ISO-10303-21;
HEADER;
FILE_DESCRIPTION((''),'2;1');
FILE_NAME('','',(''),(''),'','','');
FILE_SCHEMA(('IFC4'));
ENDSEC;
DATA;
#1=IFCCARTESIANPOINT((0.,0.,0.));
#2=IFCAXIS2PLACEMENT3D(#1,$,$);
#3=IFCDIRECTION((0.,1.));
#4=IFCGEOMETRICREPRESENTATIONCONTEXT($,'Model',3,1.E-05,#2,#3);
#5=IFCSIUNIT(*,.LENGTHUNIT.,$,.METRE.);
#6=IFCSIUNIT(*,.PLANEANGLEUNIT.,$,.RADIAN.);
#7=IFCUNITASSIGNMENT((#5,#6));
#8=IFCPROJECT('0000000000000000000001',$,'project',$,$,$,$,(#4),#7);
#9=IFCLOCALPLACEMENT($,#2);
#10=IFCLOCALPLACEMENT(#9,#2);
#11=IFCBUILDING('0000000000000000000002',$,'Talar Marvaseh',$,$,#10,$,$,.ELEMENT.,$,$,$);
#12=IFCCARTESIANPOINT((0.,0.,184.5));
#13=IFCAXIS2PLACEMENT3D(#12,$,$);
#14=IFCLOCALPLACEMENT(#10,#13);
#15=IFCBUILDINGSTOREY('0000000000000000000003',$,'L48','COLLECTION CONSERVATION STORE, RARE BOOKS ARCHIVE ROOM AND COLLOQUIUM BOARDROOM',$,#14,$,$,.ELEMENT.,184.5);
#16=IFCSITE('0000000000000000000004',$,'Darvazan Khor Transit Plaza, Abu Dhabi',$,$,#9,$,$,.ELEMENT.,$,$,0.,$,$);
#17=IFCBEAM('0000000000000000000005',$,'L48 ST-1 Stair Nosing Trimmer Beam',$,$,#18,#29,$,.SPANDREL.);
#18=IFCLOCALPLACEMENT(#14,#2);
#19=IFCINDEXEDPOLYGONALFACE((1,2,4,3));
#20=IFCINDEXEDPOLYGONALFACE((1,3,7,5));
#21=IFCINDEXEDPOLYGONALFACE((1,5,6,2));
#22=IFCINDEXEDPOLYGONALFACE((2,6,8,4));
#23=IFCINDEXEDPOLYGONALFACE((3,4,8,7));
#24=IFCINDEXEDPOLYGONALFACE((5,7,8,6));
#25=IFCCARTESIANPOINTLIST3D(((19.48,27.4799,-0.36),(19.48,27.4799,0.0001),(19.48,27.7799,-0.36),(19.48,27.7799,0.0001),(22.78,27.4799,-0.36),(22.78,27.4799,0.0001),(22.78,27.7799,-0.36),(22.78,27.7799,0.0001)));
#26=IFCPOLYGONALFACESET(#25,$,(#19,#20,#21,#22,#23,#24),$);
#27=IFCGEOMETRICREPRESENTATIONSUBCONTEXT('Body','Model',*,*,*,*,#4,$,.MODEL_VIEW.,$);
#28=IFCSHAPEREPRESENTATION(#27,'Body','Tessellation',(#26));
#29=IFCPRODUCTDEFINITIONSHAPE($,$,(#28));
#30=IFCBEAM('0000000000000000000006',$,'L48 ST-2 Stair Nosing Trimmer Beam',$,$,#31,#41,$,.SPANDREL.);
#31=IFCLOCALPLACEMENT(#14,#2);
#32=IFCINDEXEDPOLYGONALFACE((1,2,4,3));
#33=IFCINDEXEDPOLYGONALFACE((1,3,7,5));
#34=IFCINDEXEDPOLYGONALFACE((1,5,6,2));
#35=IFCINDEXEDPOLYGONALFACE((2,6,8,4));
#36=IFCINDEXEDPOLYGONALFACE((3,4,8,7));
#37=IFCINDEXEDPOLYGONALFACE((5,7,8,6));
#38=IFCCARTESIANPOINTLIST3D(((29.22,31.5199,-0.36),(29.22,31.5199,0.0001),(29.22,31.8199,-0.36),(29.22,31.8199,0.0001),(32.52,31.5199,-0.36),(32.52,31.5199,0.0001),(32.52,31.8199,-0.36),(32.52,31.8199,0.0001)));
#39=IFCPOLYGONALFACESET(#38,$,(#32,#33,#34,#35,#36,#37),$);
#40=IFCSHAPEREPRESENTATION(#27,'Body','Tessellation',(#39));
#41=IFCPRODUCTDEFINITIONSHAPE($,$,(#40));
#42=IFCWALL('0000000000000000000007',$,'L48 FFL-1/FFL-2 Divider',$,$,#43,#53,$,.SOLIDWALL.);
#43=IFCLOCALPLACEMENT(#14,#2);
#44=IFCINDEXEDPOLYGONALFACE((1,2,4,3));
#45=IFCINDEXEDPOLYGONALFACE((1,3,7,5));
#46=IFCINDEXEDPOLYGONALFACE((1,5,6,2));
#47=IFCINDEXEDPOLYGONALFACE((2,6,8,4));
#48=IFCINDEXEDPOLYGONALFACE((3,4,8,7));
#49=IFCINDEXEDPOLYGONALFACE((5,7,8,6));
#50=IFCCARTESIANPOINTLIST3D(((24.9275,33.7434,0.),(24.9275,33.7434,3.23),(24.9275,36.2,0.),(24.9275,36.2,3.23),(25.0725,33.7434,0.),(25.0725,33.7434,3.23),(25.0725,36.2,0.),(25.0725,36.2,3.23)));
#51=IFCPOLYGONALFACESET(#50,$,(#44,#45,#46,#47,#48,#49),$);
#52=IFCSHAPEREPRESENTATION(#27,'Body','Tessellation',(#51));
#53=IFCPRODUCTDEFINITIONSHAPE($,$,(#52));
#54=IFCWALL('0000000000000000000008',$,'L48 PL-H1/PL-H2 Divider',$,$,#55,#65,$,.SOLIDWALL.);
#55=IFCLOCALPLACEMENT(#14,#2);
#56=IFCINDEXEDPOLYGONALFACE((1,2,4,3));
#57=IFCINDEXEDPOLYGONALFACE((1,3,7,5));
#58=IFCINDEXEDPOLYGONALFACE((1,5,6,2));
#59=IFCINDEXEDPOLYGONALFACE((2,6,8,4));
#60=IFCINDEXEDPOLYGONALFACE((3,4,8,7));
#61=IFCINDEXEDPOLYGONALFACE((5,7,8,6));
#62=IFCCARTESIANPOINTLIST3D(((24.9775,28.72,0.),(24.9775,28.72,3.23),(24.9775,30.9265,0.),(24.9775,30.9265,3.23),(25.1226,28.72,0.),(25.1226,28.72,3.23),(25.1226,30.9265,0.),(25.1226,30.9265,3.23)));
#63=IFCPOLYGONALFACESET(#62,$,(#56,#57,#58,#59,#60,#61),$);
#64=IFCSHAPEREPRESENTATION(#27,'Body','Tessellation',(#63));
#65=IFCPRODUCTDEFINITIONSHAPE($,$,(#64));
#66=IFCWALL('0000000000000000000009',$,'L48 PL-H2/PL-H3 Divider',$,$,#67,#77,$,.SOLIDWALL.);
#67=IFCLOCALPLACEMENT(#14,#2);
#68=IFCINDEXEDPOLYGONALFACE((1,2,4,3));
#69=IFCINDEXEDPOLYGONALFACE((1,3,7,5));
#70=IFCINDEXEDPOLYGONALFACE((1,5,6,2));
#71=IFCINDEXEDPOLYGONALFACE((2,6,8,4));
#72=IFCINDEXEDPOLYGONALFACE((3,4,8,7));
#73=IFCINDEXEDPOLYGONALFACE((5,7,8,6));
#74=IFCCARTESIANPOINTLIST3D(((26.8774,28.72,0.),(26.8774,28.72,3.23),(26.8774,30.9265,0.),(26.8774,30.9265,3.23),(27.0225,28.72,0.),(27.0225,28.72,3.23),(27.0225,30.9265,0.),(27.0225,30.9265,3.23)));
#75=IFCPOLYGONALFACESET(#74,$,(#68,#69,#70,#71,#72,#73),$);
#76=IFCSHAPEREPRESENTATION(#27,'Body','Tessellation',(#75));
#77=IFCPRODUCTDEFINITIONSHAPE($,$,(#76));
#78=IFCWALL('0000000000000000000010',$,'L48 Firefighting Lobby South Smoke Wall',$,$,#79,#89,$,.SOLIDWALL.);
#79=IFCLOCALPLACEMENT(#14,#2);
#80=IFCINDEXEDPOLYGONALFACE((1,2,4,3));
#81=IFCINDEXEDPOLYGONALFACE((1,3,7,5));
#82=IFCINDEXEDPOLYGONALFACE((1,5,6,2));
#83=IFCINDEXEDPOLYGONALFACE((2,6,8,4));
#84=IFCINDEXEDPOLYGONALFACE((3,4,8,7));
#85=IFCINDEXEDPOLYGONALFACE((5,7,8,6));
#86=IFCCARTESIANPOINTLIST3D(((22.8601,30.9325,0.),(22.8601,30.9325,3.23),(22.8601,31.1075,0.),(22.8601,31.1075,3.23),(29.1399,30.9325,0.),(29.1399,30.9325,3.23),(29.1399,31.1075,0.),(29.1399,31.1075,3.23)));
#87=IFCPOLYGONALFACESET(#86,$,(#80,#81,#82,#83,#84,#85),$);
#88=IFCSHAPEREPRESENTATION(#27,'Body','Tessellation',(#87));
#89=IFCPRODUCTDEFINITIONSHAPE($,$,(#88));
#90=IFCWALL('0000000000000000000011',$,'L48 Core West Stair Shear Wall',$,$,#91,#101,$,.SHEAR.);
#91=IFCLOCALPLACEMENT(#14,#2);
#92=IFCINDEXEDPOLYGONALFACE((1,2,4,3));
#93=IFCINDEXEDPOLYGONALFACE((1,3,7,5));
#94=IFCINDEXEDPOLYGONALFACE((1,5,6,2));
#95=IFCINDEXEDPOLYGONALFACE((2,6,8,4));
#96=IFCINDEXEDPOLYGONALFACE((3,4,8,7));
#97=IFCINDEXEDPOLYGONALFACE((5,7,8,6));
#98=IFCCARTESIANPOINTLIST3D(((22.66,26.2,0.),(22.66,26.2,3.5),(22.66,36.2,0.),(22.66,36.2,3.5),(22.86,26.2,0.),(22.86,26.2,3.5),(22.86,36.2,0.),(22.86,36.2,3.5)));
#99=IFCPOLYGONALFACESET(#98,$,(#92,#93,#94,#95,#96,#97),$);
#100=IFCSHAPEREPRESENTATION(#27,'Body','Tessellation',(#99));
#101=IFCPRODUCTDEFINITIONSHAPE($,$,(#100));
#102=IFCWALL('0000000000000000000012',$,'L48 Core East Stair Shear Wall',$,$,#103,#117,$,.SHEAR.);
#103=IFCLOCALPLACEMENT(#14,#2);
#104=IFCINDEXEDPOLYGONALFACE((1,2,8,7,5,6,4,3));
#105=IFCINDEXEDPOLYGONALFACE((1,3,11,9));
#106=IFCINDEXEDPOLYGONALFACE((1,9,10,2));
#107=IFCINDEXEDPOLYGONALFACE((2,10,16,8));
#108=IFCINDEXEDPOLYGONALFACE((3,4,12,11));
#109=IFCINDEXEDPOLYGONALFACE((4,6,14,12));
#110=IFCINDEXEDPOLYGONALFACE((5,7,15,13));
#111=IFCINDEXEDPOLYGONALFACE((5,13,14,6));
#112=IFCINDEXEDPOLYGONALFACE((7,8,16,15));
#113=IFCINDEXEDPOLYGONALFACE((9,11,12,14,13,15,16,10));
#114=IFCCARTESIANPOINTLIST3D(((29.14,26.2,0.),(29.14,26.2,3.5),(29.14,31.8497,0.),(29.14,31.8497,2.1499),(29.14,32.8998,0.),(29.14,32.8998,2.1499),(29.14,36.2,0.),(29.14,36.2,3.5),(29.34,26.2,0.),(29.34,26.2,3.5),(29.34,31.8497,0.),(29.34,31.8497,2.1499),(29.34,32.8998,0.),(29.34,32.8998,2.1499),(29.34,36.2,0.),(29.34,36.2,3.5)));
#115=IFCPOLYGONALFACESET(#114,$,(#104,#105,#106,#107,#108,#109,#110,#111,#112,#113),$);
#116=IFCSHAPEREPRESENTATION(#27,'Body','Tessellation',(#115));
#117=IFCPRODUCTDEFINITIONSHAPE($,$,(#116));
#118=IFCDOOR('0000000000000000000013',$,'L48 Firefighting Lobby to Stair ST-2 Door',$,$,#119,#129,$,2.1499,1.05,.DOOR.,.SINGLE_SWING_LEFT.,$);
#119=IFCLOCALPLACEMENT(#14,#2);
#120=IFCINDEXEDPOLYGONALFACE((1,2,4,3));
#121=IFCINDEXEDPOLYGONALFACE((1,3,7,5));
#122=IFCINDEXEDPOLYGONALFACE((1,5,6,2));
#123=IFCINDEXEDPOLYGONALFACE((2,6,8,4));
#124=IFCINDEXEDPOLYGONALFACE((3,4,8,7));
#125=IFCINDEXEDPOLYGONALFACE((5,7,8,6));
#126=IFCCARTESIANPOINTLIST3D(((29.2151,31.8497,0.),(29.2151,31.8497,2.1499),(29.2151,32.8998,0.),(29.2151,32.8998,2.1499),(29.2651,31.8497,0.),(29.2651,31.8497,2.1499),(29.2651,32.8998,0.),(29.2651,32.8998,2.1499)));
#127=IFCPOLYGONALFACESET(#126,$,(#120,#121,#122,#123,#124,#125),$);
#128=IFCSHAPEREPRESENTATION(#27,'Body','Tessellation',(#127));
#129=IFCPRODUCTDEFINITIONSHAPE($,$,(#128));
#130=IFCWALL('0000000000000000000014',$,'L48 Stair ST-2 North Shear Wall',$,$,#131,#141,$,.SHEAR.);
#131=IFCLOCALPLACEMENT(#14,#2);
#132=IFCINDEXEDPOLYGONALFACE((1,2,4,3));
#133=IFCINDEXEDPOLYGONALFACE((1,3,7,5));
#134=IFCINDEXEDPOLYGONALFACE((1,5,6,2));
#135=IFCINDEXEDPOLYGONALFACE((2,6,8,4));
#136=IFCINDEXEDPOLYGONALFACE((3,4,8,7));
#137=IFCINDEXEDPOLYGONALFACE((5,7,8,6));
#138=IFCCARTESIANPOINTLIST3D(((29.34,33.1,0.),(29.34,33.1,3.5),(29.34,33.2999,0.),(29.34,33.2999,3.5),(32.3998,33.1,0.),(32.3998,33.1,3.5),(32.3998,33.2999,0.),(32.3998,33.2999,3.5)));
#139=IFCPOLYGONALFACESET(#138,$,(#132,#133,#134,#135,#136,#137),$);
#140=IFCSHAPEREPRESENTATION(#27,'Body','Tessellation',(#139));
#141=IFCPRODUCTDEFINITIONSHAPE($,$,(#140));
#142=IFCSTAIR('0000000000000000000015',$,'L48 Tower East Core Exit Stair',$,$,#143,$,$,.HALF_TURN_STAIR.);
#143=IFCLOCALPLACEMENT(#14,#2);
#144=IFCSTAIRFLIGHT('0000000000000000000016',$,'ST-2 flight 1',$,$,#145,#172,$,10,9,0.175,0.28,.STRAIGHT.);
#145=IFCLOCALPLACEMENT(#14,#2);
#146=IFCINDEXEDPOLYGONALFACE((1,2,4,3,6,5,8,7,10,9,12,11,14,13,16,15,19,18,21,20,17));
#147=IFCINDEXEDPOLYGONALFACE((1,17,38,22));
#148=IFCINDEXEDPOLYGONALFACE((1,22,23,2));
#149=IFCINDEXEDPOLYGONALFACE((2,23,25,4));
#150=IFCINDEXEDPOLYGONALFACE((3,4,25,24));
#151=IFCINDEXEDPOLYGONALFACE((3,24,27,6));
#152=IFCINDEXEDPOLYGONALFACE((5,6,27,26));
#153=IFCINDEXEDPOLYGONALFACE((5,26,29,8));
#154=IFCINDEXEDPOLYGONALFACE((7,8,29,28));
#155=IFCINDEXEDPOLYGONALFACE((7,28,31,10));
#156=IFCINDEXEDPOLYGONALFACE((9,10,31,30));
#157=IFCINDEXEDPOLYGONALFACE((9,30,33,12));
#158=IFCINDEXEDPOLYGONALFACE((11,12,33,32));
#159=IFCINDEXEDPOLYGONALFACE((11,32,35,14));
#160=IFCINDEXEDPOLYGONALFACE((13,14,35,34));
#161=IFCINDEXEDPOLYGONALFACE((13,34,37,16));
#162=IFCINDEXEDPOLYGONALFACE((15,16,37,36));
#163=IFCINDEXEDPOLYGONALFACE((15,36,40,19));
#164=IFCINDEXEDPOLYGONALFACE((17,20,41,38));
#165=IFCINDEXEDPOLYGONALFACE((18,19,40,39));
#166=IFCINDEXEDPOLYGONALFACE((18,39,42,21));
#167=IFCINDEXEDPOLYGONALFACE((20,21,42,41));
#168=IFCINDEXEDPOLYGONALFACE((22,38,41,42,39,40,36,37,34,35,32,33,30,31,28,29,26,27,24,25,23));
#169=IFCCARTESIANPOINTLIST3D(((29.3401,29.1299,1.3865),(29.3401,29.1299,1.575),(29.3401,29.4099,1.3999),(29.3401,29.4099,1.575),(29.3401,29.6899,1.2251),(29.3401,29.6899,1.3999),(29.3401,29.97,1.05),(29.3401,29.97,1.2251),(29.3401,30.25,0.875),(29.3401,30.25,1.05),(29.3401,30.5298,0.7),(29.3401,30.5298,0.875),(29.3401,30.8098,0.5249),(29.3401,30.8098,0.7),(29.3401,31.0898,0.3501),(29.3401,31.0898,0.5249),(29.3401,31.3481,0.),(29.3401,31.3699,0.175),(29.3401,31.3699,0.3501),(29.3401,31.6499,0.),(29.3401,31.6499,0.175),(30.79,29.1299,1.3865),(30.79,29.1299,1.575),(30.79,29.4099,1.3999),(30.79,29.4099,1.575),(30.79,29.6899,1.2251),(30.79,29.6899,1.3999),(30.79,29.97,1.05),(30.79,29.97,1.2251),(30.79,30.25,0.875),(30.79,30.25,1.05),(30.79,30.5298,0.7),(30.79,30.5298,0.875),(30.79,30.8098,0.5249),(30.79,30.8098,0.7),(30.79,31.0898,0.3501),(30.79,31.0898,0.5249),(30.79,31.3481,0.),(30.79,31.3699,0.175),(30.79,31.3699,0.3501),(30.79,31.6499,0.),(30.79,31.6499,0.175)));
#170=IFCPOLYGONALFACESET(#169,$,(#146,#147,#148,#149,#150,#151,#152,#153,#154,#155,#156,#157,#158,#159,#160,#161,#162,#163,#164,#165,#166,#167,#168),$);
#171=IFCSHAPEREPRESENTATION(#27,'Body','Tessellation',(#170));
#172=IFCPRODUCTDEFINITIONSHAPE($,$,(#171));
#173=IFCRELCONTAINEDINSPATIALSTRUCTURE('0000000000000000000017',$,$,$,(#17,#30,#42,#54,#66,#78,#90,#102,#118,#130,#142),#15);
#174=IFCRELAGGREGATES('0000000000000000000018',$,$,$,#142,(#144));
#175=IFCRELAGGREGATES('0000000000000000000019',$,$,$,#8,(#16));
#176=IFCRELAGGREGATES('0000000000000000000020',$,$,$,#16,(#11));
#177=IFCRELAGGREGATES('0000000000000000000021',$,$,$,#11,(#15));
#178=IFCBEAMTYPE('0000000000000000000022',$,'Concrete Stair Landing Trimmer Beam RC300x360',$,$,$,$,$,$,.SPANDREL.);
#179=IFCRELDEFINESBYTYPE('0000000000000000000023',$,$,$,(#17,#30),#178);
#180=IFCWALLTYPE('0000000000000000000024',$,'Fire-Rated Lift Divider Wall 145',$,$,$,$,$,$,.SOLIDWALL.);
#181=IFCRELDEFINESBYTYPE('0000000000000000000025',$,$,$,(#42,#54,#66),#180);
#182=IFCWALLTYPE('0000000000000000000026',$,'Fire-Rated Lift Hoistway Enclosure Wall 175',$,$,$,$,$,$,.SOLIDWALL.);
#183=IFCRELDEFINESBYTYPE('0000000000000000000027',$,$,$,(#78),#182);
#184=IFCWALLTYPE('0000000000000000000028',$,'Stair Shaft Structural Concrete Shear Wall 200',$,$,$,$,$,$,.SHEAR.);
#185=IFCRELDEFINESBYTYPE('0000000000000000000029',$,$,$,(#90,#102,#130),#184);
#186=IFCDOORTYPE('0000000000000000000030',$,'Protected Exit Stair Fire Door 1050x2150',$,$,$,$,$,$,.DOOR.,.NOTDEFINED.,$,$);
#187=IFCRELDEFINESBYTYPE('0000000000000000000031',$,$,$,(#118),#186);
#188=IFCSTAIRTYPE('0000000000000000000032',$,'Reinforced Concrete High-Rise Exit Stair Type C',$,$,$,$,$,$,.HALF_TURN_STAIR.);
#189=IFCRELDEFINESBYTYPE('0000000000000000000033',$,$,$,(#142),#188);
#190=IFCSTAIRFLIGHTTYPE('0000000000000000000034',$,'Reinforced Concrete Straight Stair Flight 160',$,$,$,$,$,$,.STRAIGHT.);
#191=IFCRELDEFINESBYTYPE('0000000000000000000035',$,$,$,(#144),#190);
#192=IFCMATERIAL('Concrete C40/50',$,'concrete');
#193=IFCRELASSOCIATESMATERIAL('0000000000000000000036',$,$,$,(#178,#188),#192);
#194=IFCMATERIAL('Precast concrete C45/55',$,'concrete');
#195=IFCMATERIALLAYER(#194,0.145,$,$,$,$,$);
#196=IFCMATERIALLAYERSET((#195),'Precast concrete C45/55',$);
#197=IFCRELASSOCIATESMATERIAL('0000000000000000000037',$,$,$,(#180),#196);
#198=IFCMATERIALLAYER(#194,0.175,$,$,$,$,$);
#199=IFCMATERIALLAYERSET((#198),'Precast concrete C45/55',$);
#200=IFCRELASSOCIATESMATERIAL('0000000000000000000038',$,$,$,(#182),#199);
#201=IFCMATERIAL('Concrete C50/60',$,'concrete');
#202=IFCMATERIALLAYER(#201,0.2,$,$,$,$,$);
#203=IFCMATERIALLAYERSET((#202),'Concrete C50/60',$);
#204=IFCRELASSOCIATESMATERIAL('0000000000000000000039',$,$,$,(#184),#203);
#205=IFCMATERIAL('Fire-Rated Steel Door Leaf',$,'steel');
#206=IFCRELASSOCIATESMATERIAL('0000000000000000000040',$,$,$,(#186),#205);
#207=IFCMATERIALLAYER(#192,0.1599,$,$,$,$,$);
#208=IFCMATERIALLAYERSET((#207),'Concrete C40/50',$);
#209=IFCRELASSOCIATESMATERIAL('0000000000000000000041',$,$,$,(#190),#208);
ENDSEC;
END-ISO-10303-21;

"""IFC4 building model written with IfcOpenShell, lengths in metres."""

from ifc_helpers import new_model, si_unit, direction, frame, frame_2d, origin, origin_2d, place, context, subcontext, project, spatial, polyline, rectangle, outline, extrude, source, transform, mapped, material, layer, layer_set, material_profile, profile_set, type_object, type_shapes, element, fill, aggregate, save


model = new_model("IFC4")

# Units and contexts
model_context = context("Model", 3, precision=1e-05, world=origin(), true_north=direction((0.0, 1.0)))
body_context = subcontext(model_context, "Body", "Model", "MODEL_VIEW")
ifc_project = project(units=[si_unit("LENGTHUNIT", "METRE"), si_unit("PLANEANGLEUNIT", "RADIAN")], contexts=[model_context])

# Site, building, storey
site_placement = place(None, origin())
site = spatial("IfcSite", under=ifc_project, at=site_placement, Name="Darvazan Khor Transit Plaza, Abu Dhabi", CompositionType="ELEMENT", RefElevation=0.0)
building_placement = place(site_placement, origin())
building = spatial("IfcBuilding", under=site, at=building_placement, Name="Talar Marvaseh", CompositionType="ELEMENT")
storey_placement = place(building_placement, frame((0.0, 0.0, 184.5)))
storey = spatial("IfcBuildingStorey", under=building, at=storey_placement, Name="L48", Description="COLLECTION CONSERVATION STORE, RARE BOOKS ARCHIVE ROOM AND COLLOQUIUM BOARDROOM", CompositionType="ELEMENT", Elevation=184.5)

# Beams
ifc_material_1 = material(Name="Concrete C40/50", Category="concrete")
ifc_material_profile = material_profile(ifc_material_1, rectangle(XDim=0.3, YDim=0.3601, at=origin_2d()), Name="RC300x360")
ifc_profile_set = profile_set([ifc_material_profile], Name="Concrete C40/50")
beam_type = type_object("IfcBeamType", Name="Concrete Stair Landing Trimmer Beam RC300x360", PredefinedType="SPANDREL", material=ifc_profile_set)
for number, where, z_axis, x_axis, name in (
    (1, (22.78, 27.6299, -0.1799), (-1.0, 0.0, 0.0), (0.0, -1.0, 0.0), "L48 ST-1 Stair Nosing Trimmer Beam"),
    (2, (29.22, 31.6699, -0.1799), (1.0, 0.0, 0.0), (0.0, 1.0, 0.0), "L48 ST-2 Stair Nosing Trimmer Beam"),
):
    element("IfcBeam", number, at=place(storey_placement, frame(where, z_axis=z_axis, x_axis=x_axis)), inside=storey, type_object=beam_type, Name=name, PredefinedType="SPANDREL", context=body_context, shape_type="SweptSolid", body=[
        extrude(rectangle(XDim=0.3, YDim=0.3601, at=origin_2d()), origin(), (0.0, 0.0, 1.0), 3.3),
    ])

# Walls
ifc_material_2 = material(Name="Precast concrete C45/55", Category="concrete")
ifc_layer_1 = layer(ifc_material_2, 0.145)
ifc_layer_set_1 = layer_set([ifc_layer_1], Name="Precast concrete C45/55")
wall_type_1 = type_object("IfcWallType", Name="Fire-Rated Lift Divider Wall 145", PredefinedType="SOLIDWALL", material=ifc_layer_set_1)
wall_1_placement = place(storey_placement, frame((25.0, 33.7434, 0.0), z_axis=(0.0, 0.0, 1.0), x_axis=(0.0, 1.0, 0.0)))
element("IfcWall", 3, at=wall_1_placement, inside=storey, type_object=wall_type_1, Name="L48 FFL-1/FFL-2 Divider", PredefinedType="SOLIDWALL", context=body_context, shape_type="SweptSolid", body=[
    extrude(rectangle(XDim=2.4565, YDim=0.145, at=frame_2d((1.2283, 0.0))), origin(), (0.0, 0.0, 1.0), 3.23),
])
for number, where, z_axis, x_axis, name in (
    (4, (25.05, 28.72, 0.0), (0.0, 0.0, 1.0), (0.0, 1.0, 0.0), "L48 PL-H1/PL-H2 Divider"),
    (5, (26.95, 28.72, 0.0), (0.0, 0.0, 1.0), (0.0, 1.0, 0.0), "L48 PL-H2/PL-H3 Divider"),
):
    element("IfcWall", number, at=place(storey_placement, frame(where, z_axis=z_axis, x_axis=x_axis)), inside=storey, type_object=wall_type_1, Name=name, PredefinedType="SOLIDWALL", context=body_context, shape_type="SweptSolid", body=[
        extrude(rectangle(XDim=2.2065, YDim=0.145, at=frame_2d((1.1033, 0.0))), origin(), (0.0, 0.0, 1.0), 3.23),
    ])

# Shared definitions
ifc_layer_2 = layer(ifc_material_2, 0.175)
ifc_layer_set_2 = layer_set([ifc_layer_2], Name="Precast concrete C45/55")
wall_type_2 = type_object("IfcWallType", Name="Fire-Rated Lift Hoistway Enclosure Wall 175", PredefinedType="SOLIDWALL", material=ifc_layer_set_2)

# Wall
wall_2_placement = place(storey_placement, frame((22.8601, 31.02, 0.0), z_axis=(0.0, 0.0, 1.0), x_axis=(1.0, 0.0, 0.0)))
element("IfcWall", 6, at=wall_2_placement, inside=storey, type_object=wall_type_2, Name="L48 Firefighting Lobby South Smoke Wall", PredefinedType="SOLIDWALL", context=body_context, shape_type="SweptSolid", body=[
    extrude(rectangle(XDim=6.2798, YDim=0.175, at=frame_2d((3.1399, 0.0))), origin(), (0.0, 0.0, 1.0), 3.23),
])

# Wall
ifc_material_3 = material(Name="Concrete C50/60", Category="concrete")
ifc_layer_3 = layer(ifc_material_3, 0.2)
ifc_layer_set_3 = layer_set([ifc_layer_3], Name="Concrete C50/60")
wall_type_3 = type_object("IfcWallType", Name="Stair Shaft Structural Concrete Shear Wall 200", PredefinedType="SHEAR", material=ifc_layer_set_3)
wall_3_placement = place(storey_placement, frame((22.76, 26.2, 0.0), z_axis=(0.0, 0.0, 1.0), x_axis=(0.0, 1.0, 0.0)))
element("IfcWall", 7, at=wall_3_placement, inside=storey, type_object=wall_type_3, Name="L48 Core West Stair Shear Wall", PredefinedType="SHEAR", context=body_context, shape_type="SweptSolid", body=[
    extrude(rectangle(XDim=10.0, YDim=0.2, at=frame_2d((5.0, 0.0))), origin(), (0.0, 0.0, 1.0), 3.5),
])

# Wall, opening, door
wall_4_placement = place(storey_placement, frame((29.24, 26.2, 0.0), z_axis=(0.0, 0.0, 1.0), x_axis=(0.0, 1.0, 0.0)))
wall_4 = element("IfcWall", 8, at=wall_4_placement, inside=storey, type_object=wall_type_3, Name="L48 Core East Stair Shear Wall", PredefinedType="SHEAR", context=body_context, shape_type="SweptSolid", body=[
    extrude(rectangle(XDim=10.0, YDim=0.2, at=frame_2d((5.0, 0.0))), origin(), (0.0, 0.0, 1.0), 3.5),
])
opening_1_placement = place(wall_4_placement, frame((5.6499, 0.0, 0.0)))
opening_1 = element("IfcOpeningElement", 9, at=opening_1_placement, cuts=wall_4, PredefinedType="OPENING", context=body_context, shape_type="SweptSolid", body=[
    extrude(rectangle(XDim=1.05, YDim=2.1499, at=frame_2d((0.5249, 1.075))), frame((0.0, 0.1099, 0.0), z_axis=(0.0, -1.0, 0.0), x_axis=(1.0, 0.0, 0.0)), (0.0, 0.0, 1.0), 0.22),
])
ifc_material_4 = material(Name="Fire-Rated Steel Door Leaf", Category="steel")
door_type_1 = type_object("IfcDoorType", Name="Protected Exit Stair Fire Door 1050x2150", OperationType="NOTDEFINED", PredefinedType="DOOR", material=ifc_material_4)
shared_shape_1 = source(origin(), body_context, "Body", "SweptSolid", [
    extrude(rectangle(XDim=1.05, YDim=2.1499, at=frame_2d((0.5249, 1.075))), frame((0.0, 0.0249, 0.0), z_axis=(0.0, -1.0, 0.0), x_axis=(1.0, 0.0, 0.0)), (0.0, 0.0, 1.0), 0.05),
])
type_shapes(door_type_1, [shared_shape_1])
door_1_placement = place(opening_1_placement, origin())
door_1 = element("IfcDoor", 10, at=door_1_placement, inside=storey, type_object=door_type_1, Name="L48 Firefighting Lobby to Stair ST-2 Door", OperationType="SINGLE_SWING_LEFT", OverallHeight=2.1499, OverallWidth=1.05, PredefinedType="DOOR", context=body_context, shape_type="MappedRepresentation", body=[
    mapped(shared_shape_1, transform((0.0, 0.0, 0.0), x_axis=(1.0, 0.0, 0.0), y_axis=(0.0, 1.0, 0.0), z_axis=(0.0, 0.0, 1.0), scale=1.0)),
])
fill(opening_1, door_1)

# Wall
wall_5_placement = place(storey_placement, frame((29.3401, 33.2, 0.0), z_axis=(0.0, 0.0, 1.0), x_axis=(1.0, 0.0, 0.0)))
element("IfcWall", 11, at=wall_5_placement, inside=storey, type_object=wall_type_3, Name="L48 Stair ST-2 North Shear Wall", PredefinedType="SHEAR", context=body_context, shape_type="SweptSolid", body=[
    extrude(rectangle(XDim=3.0598, YDim=0.2, at=frame_2d((1.5298, 0.0))), origin(), (0.0, 0.0, 1.0), 3.5),
])

# Stair, stair flight
stair_type = type_object("IfcStairType", Name="Reinforced Concrete High-Rise Exit Stair Type C", PredefinedType="HALF_TURN_STAIR", material=ifc_material_1)
stair_placement = place(storey_placement, origin())
stair = element("IfcStair", 12, at=stair_placement, inside=storey, type_object=stair_type, Name="L48 Tower East Core Exit Stair", PredefinedType="HALF_TURN_STAIR")
ifc_layer_4 = layer(ifc_material_1, 0.1599)
ifc_layer_set_4 = layer_set([ifc_layer_4], Name="Concrete C40/50")
stair_flight_type = type_object("IfcStairFlightType", Name="Reinforced Concrete Straight Stair Flight 160", PredefinedType="STRAIGHT", material=ifc_layer_set_4)
stair_flight_1_placement = place(storey_placement, frame((30.0649, 31.6499, 0.0), z_axis=(0.0, 0.0, 1.0), x_axis=(0.0, -1.0, 0.0)))
stair_flight_1 = element("IfcStairFlight", 13, at=stair_flight_1_placement, type_object=stair_flight_type, Name="ST-2 flight 1", NumberOfRisers=10, NumberOfTreads=9, PredefinedType="STRAIGHT", RiserHeight=0.175, TreadLength=0.28, context=body_context, shape_type="SweptSolid", body=[
    extrude(outline(polyline([(0.0, 0.0), (0.0, 0.175), (0.28, 0.175), (0.28, 0.3501), (0.5601, 0.3501), (0.5601, 0.5249), (0.8401, 0.5249), (0.8401, 0.7), (1.1201, 0.7), (1.1201, 0.875), (1.3999, 0.875), (1.3999, 1.05), (1.6799, 1.05), (1.6799, 1.2251), (1.96, 1.2251), (1.96, 1.3999), (2.24, 1.3999), (2.24, 1.575), (2.52, 1.575), (2.52, 1.75), (2.52, 1.3865), (0.3018, 0.0), (0.0, 0.0)])), frame((0.0, 0.7251, 0.0), z_axis=(0.0, -1.0, 0.0), x_axis=(1.0, 0.0, 0.0)), (0.0, 0.0, 1.0), 1.45),
])
aggregate(stair, [stair_flight_1])

save(model, "model.ifc")
